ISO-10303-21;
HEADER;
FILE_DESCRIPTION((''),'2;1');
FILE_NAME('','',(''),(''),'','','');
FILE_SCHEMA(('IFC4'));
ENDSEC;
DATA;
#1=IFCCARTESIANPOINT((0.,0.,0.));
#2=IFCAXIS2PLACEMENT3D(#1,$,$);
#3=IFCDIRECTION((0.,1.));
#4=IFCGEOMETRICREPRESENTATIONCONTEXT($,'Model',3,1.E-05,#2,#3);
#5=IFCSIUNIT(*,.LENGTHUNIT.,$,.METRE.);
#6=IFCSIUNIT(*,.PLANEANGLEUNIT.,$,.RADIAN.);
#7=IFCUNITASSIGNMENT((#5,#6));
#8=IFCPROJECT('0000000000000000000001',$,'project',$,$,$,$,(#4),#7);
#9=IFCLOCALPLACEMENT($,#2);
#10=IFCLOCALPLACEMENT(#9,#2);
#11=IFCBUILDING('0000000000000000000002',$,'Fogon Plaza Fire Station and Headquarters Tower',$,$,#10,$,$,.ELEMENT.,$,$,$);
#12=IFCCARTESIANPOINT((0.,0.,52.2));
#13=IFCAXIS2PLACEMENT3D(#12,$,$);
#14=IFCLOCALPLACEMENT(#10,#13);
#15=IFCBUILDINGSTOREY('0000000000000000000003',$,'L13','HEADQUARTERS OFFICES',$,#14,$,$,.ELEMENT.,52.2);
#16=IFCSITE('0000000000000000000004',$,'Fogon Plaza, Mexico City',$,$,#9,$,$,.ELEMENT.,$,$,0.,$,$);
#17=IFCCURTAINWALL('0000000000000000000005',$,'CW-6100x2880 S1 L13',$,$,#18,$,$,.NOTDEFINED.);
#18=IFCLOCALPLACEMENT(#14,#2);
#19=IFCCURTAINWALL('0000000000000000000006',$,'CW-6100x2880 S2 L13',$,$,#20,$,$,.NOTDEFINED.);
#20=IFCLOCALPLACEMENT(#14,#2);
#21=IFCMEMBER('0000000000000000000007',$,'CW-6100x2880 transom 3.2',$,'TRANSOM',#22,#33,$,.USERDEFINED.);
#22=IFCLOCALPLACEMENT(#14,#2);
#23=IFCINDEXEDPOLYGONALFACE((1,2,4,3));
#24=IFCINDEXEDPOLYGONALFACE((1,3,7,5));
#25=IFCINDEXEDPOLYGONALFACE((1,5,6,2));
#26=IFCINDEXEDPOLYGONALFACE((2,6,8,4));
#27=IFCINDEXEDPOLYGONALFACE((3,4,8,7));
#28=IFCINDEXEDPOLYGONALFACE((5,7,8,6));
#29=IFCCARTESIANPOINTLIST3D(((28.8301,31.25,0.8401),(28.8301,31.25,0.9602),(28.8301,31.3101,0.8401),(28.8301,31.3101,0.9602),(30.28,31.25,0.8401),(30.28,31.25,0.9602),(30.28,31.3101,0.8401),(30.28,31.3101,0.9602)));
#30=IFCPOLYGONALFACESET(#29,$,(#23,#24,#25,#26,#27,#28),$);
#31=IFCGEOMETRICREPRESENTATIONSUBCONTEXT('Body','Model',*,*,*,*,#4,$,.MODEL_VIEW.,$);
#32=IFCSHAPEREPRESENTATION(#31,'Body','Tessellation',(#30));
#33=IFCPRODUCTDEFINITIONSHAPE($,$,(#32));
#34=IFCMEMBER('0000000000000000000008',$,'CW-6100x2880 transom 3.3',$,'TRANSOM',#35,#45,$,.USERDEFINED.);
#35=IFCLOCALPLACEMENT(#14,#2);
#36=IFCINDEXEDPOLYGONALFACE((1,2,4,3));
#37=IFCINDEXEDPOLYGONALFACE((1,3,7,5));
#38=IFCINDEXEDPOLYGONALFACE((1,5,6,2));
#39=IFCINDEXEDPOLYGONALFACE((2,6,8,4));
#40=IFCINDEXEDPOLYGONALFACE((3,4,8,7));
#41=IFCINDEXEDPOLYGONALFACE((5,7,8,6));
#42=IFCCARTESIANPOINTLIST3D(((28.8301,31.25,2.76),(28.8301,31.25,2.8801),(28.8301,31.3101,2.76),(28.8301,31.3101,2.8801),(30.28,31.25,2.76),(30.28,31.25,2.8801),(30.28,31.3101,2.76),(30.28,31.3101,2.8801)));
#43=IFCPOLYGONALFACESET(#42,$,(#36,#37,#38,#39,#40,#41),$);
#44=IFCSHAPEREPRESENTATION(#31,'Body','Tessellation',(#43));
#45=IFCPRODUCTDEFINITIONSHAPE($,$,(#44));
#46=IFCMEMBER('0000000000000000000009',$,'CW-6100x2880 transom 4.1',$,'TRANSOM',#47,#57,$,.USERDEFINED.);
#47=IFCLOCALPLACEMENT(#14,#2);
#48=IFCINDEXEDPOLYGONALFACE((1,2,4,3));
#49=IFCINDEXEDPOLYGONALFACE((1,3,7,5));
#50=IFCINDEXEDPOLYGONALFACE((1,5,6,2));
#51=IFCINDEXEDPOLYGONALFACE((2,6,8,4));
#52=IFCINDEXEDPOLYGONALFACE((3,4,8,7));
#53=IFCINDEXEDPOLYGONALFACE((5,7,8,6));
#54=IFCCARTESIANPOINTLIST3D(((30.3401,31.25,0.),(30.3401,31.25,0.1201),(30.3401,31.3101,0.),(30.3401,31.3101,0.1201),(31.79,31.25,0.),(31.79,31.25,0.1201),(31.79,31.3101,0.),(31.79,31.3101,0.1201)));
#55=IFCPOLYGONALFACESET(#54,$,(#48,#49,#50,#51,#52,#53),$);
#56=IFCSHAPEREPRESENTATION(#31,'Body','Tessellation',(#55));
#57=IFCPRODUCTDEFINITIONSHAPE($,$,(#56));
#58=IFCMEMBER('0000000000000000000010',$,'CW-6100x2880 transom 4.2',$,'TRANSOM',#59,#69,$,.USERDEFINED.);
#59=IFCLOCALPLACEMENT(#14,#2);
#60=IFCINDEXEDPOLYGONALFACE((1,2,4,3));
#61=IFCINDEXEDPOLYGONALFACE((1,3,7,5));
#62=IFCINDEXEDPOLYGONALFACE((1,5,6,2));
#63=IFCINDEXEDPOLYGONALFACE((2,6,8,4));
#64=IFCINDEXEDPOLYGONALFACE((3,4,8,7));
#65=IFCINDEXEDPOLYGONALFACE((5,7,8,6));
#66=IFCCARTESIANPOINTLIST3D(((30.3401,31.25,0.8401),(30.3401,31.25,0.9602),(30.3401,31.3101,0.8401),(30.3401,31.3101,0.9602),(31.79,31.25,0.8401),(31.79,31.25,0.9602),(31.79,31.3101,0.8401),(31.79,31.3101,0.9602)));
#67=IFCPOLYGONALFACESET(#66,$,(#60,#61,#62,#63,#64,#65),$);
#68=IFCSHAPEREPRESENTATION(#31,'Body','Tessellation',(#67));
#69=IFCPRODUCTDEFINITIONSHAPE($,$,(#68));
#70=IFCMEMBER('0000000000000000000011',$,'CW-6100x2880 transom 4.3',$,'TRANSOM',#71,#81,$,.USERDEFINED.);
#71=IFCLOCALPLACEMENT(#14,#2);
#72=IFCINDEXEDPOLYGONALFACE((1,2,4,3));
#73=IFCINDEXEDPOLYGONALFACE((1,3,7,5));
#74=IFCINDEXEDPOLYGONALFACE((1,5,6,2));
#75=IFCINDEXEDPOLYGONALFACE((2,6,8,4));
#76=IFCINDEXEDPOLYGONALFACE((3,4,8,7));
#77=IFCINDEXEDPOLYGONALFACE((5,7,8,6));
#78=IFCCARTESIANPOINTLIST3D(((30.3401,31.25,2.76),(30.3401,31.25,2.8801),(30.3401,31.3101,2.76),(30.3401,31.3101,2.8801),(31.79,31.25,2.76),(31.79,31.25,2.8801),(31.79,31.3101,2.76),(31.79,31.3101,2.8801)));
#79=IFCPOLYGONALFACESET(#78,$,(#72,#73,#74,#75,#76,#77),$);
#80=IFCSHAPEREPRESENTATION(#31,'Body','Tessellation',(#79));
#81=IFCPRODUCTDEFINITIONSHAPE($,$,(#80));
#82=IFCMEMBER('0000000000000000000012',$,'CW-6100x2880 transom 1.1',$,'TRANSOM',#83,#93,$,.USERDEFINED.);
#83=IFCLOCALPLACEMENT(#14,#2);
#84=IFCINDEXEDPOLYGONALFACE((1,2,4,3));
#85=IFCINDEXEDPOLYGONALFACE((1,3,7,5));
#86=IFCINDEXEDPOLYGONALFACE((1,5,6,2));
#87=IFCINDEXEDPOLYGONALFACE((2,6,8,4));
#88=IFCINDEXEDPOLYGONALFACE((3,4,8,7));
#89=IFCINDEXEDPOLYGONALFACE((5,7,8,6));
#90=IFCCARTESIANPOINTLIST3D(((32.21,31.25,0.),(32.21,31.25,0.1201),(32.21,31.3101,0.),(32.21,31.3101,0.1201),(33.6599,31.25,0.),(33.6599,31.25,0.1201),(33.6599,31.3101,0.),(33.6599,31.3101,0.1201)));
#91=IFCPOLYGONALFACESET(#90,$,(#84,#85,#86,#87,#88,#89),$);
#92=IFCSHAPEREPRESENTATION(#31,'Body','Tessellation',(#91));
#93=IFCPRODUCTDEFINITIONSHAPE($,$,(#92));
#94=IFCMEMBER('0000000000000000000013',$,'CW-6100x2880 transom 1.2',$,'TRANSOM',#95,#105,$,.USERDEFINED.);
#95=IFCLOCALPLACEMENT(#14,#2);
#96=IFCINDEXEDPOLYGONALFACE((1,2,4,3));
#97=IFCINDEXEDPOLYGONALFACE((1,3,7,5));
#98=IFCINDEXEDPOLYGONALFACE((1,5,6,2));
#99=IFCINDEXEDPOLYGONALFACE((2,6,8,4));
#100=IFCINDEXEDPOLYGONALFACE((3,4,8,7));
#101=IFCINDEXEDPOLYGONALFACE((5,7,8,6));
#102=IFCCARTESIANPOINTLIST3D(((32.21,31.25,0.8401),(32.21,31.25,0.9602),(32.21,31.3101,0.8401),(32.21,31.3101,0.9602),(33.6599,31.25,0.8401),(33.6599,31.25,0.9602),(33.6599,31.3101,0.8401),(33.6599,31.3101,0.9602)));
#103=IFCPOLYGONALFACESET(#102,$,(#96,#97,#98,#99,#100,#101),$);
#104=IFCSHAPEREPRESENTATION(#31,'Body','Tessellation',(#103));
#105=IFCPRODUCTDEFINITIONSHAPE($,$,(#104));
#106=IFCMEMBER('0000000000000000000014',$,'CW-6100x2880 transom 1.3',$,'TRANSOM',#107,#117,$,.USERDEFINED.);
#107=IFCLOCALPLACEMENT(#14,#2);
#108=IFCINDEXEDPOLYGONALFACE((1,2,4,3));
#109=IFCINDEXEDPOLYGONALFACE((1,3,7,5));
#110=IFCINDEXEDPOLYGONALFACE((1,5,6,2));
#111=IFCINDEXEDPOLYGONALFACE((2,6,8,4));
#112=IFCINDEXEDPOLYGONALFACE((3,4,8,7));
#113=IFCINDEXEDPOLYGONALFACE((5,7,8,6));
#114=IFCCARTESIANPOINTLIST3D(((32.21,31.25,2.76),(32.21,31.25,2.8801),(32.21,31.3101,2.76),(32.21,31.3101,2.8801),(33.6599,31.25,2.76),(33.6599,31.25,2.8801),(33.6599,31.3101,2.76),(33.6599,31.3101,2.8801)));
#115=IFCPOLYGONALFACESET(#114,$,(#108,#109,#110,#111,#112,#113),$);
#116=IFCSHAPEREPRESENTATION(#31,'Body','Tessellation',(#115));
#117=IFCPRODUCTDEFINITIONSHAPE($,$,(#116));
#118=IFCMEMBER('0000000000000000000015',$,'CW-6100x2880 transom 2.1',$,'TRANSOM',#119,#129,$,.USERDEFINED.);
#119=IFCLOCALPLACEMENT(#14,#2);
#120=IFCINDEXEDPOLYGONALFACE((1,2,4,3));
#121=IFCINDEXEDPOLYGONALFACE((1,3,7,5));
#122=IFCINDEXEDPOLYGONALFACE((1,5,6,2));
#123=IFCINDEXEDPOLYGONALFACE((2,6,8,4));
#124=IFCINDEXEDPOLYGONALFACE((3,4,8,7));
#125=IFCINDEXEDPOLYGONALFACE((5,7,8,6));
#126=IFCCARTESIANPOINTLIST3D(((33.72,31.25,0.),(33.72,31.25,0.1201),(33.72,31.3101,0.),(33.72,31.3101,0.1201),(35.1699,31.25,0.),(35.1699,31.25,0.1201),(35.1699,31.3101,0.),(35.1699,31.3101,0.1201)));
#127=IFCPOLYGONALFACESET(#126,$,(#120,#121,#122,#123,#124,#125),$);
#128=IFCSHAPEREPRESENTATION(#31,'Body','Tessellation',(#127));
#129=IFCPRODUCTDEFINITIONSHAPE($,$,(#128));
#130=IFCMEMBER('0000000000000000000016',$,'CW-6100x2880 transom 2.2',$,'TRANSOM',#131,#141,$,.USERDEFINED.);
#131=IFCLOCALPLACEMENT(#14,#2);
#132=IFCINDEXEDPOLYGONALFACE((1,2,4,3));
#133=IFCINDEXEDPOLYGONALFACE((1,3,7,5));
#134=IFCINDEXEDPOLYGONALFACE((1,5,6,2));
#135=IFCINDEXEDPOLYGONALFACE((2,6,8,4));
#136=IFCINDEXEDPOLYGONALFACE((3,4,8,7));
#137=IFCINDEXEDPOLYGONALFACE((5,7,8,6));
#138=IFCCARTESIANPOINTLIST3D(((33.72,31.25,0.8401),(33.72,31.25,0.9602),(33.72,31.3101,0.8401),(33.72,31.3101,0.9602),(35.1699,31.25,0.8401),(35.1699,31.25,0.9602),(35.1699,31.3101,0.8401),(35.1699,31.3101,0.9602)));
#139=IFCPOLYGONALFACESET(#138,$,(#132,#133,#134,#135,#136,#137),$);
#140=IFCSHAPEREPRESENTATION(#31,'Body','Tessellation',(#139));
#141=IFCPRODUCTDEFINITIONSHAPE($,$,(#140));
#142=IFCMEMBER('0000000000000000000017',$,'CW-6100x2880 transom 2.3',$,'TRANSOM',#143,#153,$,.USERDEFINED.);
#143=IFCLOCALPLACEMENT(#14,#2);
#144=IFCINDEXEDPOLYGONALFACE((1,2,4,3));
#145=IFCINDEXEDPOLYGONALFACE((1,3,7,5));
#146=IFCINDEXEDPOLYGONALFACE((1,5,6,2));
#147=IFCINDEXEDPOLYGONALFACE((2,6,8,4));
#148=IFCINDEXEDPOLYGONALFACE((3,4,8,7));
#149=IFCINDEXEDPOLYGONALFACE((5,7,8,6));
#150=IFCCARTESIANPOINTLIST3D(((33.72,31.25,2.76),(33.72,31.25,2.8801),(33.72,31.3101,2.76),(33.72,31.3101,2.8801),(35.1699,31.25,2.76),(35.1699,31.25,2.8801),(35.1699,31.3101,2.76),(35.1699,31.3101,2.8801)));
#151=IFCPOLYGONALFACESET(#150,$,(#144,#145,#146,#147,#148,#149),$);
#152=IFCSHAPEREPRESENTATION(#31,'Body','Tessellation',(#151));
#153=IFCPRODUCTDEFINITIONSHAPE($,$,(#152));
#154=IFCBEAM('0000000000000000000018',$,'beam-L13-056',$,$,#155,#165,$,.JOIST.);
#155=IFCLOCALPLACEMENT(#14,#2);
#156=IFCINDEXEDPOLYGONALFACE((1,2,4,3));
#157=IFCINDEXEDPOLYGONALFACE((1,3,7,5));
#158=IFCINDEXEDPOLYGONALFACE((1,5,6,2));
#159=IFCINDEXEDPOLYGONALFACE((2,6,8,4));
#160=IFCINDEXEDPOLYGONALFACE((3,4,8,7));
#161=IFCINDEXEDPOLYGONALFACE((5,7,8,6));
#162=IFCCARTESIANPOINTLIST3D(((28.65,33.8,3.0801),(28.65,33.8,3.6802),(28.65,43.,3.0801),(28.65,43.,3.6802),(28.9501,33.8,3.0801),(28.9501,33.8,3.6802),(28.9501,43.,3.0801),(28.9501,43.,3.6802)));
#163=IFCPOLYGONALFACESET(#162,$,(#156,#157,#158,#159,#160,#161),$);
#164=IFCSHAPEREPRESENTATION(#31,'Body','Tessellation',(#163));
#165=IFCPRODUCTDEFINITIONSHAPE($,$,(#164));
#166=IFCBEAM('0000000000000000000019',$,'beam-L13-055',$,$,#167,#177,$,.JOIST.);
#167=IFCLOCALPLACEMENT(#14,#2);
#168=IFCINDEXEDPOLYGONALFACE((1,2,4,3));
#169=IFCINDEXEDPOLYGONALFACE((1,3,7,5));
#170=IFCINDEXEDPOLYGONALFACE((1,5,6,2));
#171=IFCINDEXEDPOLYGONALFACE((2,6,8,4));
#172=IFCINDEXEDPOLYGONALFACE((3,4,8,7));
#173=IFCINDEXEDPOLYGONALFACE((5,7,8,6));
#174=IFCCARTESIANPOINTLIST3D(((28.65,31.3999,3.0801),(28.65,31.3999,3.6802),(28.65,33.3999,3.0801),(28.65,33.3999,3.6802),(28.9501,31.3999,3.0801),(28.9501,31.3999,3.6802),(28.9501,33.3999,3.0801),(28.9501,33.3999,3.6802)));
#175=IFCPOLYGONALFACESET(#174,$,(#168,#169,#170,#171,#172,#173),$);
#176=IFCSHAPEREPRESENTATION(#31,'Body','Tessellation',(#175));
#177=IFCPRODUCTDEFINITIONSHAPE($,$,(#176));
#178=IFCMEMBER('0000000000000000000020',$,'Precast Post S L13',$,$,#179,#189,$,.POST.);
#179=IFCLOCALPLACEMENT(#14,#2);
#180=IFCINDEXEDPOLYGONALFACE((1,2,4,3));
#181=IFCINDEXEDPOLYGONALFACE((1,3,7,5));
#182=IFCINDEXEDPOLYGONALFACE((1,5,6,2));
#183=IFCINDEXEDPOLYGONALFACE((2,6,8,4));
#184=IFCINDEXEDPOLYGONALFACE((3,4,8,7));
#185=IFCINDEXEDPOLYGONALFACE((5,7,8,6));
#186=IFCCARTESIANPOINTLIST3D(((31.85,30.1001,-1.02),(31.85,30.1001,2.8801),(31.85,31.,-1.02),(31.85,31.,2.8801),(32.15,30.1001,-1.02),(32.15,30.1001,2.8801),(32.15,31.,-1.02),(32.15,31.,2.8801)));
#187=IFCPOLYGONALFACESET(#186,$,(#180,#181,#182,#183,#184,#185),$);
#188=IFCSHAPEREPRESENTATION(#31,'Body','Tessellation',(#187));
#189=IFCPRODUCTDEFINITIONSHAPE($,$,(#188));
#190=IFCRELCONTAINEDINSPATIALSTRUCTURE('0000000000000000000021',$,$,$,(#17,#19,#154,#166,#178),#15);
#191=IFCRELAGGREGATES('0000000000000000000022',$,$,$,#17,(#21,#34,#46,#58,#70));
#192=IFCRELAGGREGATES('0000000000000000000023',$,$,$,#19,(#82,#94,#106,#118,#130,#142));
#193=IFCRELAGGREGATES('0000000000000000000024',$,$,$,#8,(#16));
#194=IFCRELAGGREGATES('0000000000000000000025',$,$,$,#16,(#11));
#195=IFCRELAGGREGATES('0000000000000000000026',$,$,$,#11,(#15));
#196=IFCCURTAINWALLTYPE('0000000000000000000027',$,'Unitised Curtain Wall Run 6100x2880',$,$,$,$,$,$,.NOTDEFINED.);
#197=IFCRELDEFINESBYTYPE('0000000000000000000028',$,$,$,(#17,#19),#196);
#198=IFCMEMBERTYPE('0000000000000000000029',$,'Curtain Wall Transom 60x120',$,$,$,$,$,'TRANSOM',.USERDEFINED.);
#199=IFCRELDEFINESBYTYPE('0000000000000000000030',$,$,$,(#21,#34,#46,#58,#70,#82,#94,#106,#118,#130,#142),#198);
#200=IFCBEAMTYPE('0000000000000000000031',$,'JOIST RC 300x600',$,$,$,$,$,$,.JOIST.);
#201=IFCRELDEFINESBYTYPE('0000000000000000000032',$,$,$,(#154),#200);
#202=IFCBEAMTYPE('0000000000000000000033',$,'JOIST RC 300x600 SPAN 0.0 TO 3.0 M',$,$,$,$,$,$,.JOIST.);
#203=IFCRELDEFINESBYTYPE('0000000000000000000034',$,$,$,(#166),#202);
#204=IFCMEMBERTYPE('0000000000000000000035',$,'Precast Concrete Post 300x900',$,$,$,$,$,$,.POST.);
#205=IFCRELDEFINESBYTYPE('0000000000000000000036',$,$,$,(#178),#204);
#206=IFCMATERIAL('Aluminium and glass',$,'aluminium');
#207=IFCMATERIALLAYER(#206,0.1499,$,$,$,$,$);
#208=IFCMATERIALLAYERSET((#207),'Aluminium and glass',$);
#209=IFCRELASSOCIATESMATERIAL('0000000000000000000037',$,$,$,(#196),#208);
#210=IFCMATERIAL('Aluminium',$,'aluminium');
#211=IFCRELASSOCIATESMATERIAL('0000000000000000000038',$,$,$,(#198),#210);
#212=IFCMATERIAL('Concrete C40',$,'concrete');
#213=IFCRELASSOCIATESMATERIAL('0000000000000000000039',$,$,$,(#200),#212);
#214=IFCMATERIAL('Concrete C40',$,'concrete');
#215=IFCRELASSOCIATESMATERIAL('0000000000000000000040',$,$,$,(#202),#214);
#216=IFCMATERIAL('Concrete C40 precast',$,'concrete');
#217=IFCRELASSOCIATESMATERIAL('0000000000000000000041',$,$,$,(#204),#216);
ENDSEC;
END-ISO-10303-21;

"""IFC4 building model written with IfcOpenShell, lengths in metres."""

from ifc_helpers import new_model, si_unit, direction, frame, origin, origin_2d, place, context, subcontext, project, spatial, rectangle, extrude, material, layer, layer_set, material_profile, profile_set, type_object, element, aggregate, save


model = new_model("IFC4")

# Units and contexts
model_context = context("Model", 3, precision=1e-05, world=origin(), true_north=direction((0.0, 1.0)))
body_context = subcontext(model_context, "Body", "Model", "MODEL_VIEW")
ifc_project = project(units=[si_unit("LENGTHUNIT", "METRE"), si_unit("PLANEANGLEUNIT", "RADIAN")], contexts=[model_context])

# Site, building, storey
site_placement = place(None, origin())
site = spatial("IfcSite", under=ifc_project, at=site_placement, Name="Fogon Plaza, Mexico City", CompositionType="ELEMENT", RefElevation=0.0)
building_placement = place(site_placement, origin())
building = spatial("IfcBuilding", under=site, at=building_placement, Name="Fogon Plaza Fire Station and Headquarters Tower", CompositionType="ELEMENT")
storey_placement = place(building_placement, frame((0.0, 0.0, 52.2)))
storey = spatial("IfcBuildingStorey", under=building, at=storey_placement, Name="L13", Description="HEADQUARTERS OFFICES", CompositionType="ELEMENT", Elevation=52.2)

# Curtain walls
ifc_material_1 = material(Name="Aluminium and glass", Category="aluminium")
ifc_layer_1 = layer(ifc_material_1, 0.1499)
ifc_layer_set_1 = layer_set([ifc_layer_1], Name="Aluminium and glass")
curtain_wall_type = type_object("IfcCurtainWallType", Name="Unitised Curtain Wall Run 6100x2880", PredefinedType="NOTDEFINED", material=ifc_layer_set_1)
curtain_wall_1_placement = place(storey_placement, origin())
curtain_wall_1 = element("IfcCurtainWall", 1, at=curtain_wall_1_placement, inside=storey, type_object=curtain_wall_type, Name="CW-6100x2880 S1 L13", PredefinedType="NOTDEFINED")
curtain_wall_2_placement = place(storey_placement, origin())
curtain_wall_2 = element("IfcCurtainWall", 2, at=curtain_wall_2_placement, inside=storey, type_object=curtain_wall_type, Name="CW-6100x2880 S2 L13", PredefinedType="NOTDEFINED")

# Members
ifc_material_2 = material(Name="Aluminium", Category="aluminium")
ifc_material_profile_1 = material_profile(ifc_material_2, rectangle(XDim=0.0601, YDim=0.1201, at=origin_2d()), Name="Curtain Wall Transom 60x120")
ifc_profile_set_1 = profile_set([ifc_material_profile_1], Name="Aluminium")
member_type_1 = type_object("IfcMemberType", Name="Curtain Wall Transom 60x120", ElementType="TRANSOM", PredefinedType="USERDEFINED", material=ifc_profile_set_1)
member_1_placement = place(storey_placement, frame((28.8301, 31.28, 0.9001), z_axis=(1.0, 0.0, 0.0), x_axis=(0.0, 1.0, 0.0)))
member_1 = element("IfcMember", 3, at=member_1_placement, type_object=member_type_1, Name="CW-6100x2880 transom 3.2", ObjectType="TRANSOM", PredefinedType="USERDEFINED", context=body_context, shape_type="SweptSolid", body=[
    extrude(rectangle(XDim=0.0601, YDim=0.1201, at=origin_2d()), origin(), (0.0, 0.0, 1.0), 1.45),
])
member_2_placement = place(storey_placement, frame((28.8301, 31.28, 2.8201), z_axis=(1.0, 0.0, 0.0), x_axis=(0.0, 1.0, 0.0)))
member_2 = element("IfcMember", 4, at=member_2_placement, type_object=member_type_1, Name="CW-6100x2880 transom 3.3", ObjectType="TRANSOM", PredefinedType="USERDEFINED", context=body_context, shape_type="SweptSolid", body=[
    extrude(rectangle(XDim=0.0601, YDim=0.1201, at=origin_2d()), origin(), (0.0, 0.0, 1.0), 1.45),
])
member_3_placement = place(storey_placement, frame((30.3401, 31.28, 0.0601), z_axis=(1.0, 0.0, 0.0), x_axis=(0.0, 1.0, 0.0)))
member_3 = element("IfcMember", 5, at=member_3_placement, type_object=member_type_1, Name="CW-6100x2880 transom 4.1", ObjectType="TRANSOM", PredefinedType="USERDEFINED", context=body_context, shape_type="SweptSolid", body=[
    extrude(rectangle(XDim=0.0601, YDim=0.1201, at=origin_2d()), origin(), (0.0, 0.0, 1.0), 1.45),
])
member_4_placement = place(storey_placement, frame((30.3401, 31.28, 0.9001), z_axis=(1.0, 0.0, 0.0), x_axis=(0.0, 1.0, 0.0)))
member_4 = element("IfcMember", 6, at=member_4_placement, type_object=member_type_1, Name="CW-6100x2880 transom 4.2", ObjectType="TRANSOM", PredefinedType="USERDEFINED", context=body_context, shape_type="SweptSolid", body=[
    extrude(rectangle(XDim=0.0601, YDim=0.1201, at=origin_2d()), origin(), (0.0, 0.0, 1.0), 1.45),
])
member_5_placement = place(storey_placement, frame((30.3401, 31.28, 2.8201), z_axis=(1.0, 0.0, 0.0), x_axis=(0.0, 1.0, 0.0)))
member_5 = element("IfcMember", 7, at=member_5_placement, type_object=member_type_1, Name="CW-6100x2880 transom 4.3", ObjectType="TRANSOM", PredefinedType="USERDEFINED", context=body_context, shape_type="SweptSolid", body=[
    extrude(rectangle(XDim=0.0601, YDim=0.1201, at=origin_2d()), origin(), (0.0, 0.0, 1.0), 1.45),
])
member_6_placement = place(storey_placement, frame((32.21, 31.28, 0.0601), z_axis=(1.0, 0.0, 0.0), x_axis=(0.0, 1.0, 0.0)))
member_6 = element("IfcMember", 8, at=member_6_placement, type_object=member_type_1, Name="CW-6100x2880 transom 1.1", ObjectType="TRANSOM", PredefinedType="USERDEFINED", context=body_context, shape_type="SweptSolid", body=[
    extrude(rectangle(XDim=0.0601, YDim=0.1201, at=origin_2d()), origin(), (0.0, 0.0, 1.0), 1.45),
])
member_7_placement = place(storey_placement, frame((32.21, 31.28, 0.9001), z_axis=(1.0, 0.0, 0.0), x_axis=(0.0, 1.0, 0.0)))
member_7 = element("IfcMember", 9, at=member_7_placement, type_object=member_type_1, Name="CW-6100x2880 transom 1.2", ObjectType="TRANSOM", PredefinedType="USERDEFINED", context=body_context, shape_type="SweptSolid", body=[
    extrude(rectangle(XDim=0.0601, YDim=0.1201, at=origin_2d()), origin(), (0.0, 0.0, 1.0), 1.45),
])
member_8_placement = place(storey_placement, frame((32.21, 31.28, 2.8201), z_axis=(1.0, 0.0, 0.0), x_axis=(0.0, 1.0, 0.0)))
member_8 = element("IfcMember", 10, at=member_8_placement, type_object=member_type_1, Name="CW-6100x2880 transom 1.3", ObjectType="TRANSOM", PredefinedType="USERDEFINED", context=body_context, shape_type="SweptSolid", body=[
    extrude(rectangle(XDim=0.0601, YDim=0.1201, at=origin_2d()), origin(), (0.0, 0.0, 1.0), 1.45),
])
member_9_placement = place(storey_placement, frame((33.72, 31.28, 0.0601), z_axis=(1.0, 0.0, 0.0), x_axis=(0.0, 1.0, 0.0)))
member_9 = element("IfcMember", 11, at=member_9_placement, type_object=member_type_1, Name="CW-6100x2880 transom 2.1", ObjectType="TRANSOM", PredefinedType="USERDEFINED", context=body_context, shape_type="SweptSolid", body=[
    extrude(rectangle(XDim=0.0601, YDim=0.1201, at=origin_2d()), origin(), (0.0, 0.0, 1.0), 1.45),
])
member_10_placement = place(storey_placement, frame((33.72, 31.28, 0.9001), z_axis=(1.0, 0.0, 0.0), x_axis=(0.0, 1.0, 0.0)))
member_10 = element("IfcMember", 12, at=member_10_placement, type_object=member_type_1, Name="CW-6100x2880 transom 2.2", ObjectType="TRANSOM", PredefinedType="USERDEFINED", context=body_context, shape_type="SweptSolid", body=[
    extrude(rectangle(XDim=0.0601, YDim=0.1201, at=origin_2d()), origin(), (0.0, 0.0, 1.0), 1.45),
])
member_11_placement = place(storey_placement, frame((33.72, 31.28, 2.8201), z_axis=(1.0, 0.0, 0.0), x_axis=(0.0, 1.0, 0.0)))
member_11 = element("IfcMember", 13, at=member_11_placement, type_object=member_type_1, Name="CW-6100x2880 transom 2.3", ObjectType="TRANSOM", PredefinedType="USERDEFINED", context=body_context, shape_type="SweptSolid", body=[
    extrude(rectangle(XDim=0.0601, YDim=0.1201, at=origin_2d()), origin(), (0.0, 0.0, 1.0), 1.45),
])

# Beams
ifc_material_3 = material(Name="Concrete C40", Category="concrete")
ifc_material_profile_2 = material_profile(ifc_material_3, rectangle(XDim=0.3, YDim=0.6001, at=origin_2d()), Name="RC 300x600")
ifc_profile_set_2 = profile_set([ifc_material_profile_2], Name="Concrete C40")
beam_type_1 = type_object("IfcBeamType", Name="JOIST RC 300x600", PredefinedType="JOIST", material=ifc_profile_set_2)
beam_1_placement = place(storey_placement, frame((28.8, 33.8, 3.3801), z_axis=(0.0, 1.0, 0.0), x_axis=(-1.0, 0.0, 0.0)))
element("IfcBeam", 14, at=beam_1_placement, inside=storey, type_object=beam_type_1, Name="beam-L13-056", PredefinedType="JOIST", context=body_context, shape_type="SweptSolid", body=[
    extrude(rectangle(XDim=0.3, YDim=0.6001, at=origin_2d()), origin(), (0.0, 0.0, 1.0), 9.2),
])
ifc_material_4 = material(Name="Concrete C40", Category="concrete")
ifc_material_profile_3 = material_profile(ifc_material_4, rectangle(XDim=0.3, YDim=0.6001, at=origin_2d()), Name="RC 300x600")
ifc_profile_set_3 = profile_set([ifc_material_profile_3], Name="Concrete C40")
beam_type_2 = type_object("IfcBeamType", Name="JOIST RC 300x600 SPAN 0.0 TO 3.0 M", PredefinedType="JOIST", material=ifc_profile_set_3)
beam_2_placement = place(storey_placement, frame((28.8, 31.3999, 3.3801), z_axis=(0.0, 1.0, 0.0), x_axis=(-1.0, 0.0, 0.0)))
element("IfcBeam", 15, at=beam_2_placement, inside=storey, type_object=beam_type_2, Name="beam-L13-055", PredefinedType="JOIST", context=body_context, shape_type="SweptSolid", body=[
    extrude(rectangle(XDim=0.3, YDim=0.6001, at=origin_2d()), origin(), (0.0, 0.0, 1.0), 2.0),
])

# Member
ifc_material_5 = material(Name="Concrete C40 precast", Category="concrete")
ifc_material_profile_4 = material_profile(ifc_material_5, rectangle(XDim=0.3, YDim=0.8999, at=origin_2d()), Name="Precast Concrete Post 300x900")
ifc_profile_set_4 = profile_set([ifc_material_profile_4], Name="Concrete C40 precast")
member_type_2 = type_object("IfcMemberType", Name="Precast Concrete Post 300x900", PredefinedType="POST", material=ifc_profile_set_4)
member_12_placement = place(storey_placement, frame((32.0, 30.55, -1.02), z_axis=(0.0, 0.0, 1.0), x_axis=(1.0, 0.0, 0.0)))
element("IfcMember", 16, at=member_12_placement, inside=storey, type_object=member_type_2, Name="Precast Post S L13", PredefinedType="POST", context=body_context, shape_type="SweptSolid", body=[
    extrude(rectangle(XDim=0.3, YDim=0.8999, at=origin_2d()), origin(), (0.0, 0.0, 1.0), 3.9001),
])

aggregate(curtain_wall_1, [member_1, member_2, member_3, member_4, member_5])
aggregate(curtain_wall_2, [member_6, member_7, member_8, member_9, member_10, member_11])

save(model, "model.ifc")
